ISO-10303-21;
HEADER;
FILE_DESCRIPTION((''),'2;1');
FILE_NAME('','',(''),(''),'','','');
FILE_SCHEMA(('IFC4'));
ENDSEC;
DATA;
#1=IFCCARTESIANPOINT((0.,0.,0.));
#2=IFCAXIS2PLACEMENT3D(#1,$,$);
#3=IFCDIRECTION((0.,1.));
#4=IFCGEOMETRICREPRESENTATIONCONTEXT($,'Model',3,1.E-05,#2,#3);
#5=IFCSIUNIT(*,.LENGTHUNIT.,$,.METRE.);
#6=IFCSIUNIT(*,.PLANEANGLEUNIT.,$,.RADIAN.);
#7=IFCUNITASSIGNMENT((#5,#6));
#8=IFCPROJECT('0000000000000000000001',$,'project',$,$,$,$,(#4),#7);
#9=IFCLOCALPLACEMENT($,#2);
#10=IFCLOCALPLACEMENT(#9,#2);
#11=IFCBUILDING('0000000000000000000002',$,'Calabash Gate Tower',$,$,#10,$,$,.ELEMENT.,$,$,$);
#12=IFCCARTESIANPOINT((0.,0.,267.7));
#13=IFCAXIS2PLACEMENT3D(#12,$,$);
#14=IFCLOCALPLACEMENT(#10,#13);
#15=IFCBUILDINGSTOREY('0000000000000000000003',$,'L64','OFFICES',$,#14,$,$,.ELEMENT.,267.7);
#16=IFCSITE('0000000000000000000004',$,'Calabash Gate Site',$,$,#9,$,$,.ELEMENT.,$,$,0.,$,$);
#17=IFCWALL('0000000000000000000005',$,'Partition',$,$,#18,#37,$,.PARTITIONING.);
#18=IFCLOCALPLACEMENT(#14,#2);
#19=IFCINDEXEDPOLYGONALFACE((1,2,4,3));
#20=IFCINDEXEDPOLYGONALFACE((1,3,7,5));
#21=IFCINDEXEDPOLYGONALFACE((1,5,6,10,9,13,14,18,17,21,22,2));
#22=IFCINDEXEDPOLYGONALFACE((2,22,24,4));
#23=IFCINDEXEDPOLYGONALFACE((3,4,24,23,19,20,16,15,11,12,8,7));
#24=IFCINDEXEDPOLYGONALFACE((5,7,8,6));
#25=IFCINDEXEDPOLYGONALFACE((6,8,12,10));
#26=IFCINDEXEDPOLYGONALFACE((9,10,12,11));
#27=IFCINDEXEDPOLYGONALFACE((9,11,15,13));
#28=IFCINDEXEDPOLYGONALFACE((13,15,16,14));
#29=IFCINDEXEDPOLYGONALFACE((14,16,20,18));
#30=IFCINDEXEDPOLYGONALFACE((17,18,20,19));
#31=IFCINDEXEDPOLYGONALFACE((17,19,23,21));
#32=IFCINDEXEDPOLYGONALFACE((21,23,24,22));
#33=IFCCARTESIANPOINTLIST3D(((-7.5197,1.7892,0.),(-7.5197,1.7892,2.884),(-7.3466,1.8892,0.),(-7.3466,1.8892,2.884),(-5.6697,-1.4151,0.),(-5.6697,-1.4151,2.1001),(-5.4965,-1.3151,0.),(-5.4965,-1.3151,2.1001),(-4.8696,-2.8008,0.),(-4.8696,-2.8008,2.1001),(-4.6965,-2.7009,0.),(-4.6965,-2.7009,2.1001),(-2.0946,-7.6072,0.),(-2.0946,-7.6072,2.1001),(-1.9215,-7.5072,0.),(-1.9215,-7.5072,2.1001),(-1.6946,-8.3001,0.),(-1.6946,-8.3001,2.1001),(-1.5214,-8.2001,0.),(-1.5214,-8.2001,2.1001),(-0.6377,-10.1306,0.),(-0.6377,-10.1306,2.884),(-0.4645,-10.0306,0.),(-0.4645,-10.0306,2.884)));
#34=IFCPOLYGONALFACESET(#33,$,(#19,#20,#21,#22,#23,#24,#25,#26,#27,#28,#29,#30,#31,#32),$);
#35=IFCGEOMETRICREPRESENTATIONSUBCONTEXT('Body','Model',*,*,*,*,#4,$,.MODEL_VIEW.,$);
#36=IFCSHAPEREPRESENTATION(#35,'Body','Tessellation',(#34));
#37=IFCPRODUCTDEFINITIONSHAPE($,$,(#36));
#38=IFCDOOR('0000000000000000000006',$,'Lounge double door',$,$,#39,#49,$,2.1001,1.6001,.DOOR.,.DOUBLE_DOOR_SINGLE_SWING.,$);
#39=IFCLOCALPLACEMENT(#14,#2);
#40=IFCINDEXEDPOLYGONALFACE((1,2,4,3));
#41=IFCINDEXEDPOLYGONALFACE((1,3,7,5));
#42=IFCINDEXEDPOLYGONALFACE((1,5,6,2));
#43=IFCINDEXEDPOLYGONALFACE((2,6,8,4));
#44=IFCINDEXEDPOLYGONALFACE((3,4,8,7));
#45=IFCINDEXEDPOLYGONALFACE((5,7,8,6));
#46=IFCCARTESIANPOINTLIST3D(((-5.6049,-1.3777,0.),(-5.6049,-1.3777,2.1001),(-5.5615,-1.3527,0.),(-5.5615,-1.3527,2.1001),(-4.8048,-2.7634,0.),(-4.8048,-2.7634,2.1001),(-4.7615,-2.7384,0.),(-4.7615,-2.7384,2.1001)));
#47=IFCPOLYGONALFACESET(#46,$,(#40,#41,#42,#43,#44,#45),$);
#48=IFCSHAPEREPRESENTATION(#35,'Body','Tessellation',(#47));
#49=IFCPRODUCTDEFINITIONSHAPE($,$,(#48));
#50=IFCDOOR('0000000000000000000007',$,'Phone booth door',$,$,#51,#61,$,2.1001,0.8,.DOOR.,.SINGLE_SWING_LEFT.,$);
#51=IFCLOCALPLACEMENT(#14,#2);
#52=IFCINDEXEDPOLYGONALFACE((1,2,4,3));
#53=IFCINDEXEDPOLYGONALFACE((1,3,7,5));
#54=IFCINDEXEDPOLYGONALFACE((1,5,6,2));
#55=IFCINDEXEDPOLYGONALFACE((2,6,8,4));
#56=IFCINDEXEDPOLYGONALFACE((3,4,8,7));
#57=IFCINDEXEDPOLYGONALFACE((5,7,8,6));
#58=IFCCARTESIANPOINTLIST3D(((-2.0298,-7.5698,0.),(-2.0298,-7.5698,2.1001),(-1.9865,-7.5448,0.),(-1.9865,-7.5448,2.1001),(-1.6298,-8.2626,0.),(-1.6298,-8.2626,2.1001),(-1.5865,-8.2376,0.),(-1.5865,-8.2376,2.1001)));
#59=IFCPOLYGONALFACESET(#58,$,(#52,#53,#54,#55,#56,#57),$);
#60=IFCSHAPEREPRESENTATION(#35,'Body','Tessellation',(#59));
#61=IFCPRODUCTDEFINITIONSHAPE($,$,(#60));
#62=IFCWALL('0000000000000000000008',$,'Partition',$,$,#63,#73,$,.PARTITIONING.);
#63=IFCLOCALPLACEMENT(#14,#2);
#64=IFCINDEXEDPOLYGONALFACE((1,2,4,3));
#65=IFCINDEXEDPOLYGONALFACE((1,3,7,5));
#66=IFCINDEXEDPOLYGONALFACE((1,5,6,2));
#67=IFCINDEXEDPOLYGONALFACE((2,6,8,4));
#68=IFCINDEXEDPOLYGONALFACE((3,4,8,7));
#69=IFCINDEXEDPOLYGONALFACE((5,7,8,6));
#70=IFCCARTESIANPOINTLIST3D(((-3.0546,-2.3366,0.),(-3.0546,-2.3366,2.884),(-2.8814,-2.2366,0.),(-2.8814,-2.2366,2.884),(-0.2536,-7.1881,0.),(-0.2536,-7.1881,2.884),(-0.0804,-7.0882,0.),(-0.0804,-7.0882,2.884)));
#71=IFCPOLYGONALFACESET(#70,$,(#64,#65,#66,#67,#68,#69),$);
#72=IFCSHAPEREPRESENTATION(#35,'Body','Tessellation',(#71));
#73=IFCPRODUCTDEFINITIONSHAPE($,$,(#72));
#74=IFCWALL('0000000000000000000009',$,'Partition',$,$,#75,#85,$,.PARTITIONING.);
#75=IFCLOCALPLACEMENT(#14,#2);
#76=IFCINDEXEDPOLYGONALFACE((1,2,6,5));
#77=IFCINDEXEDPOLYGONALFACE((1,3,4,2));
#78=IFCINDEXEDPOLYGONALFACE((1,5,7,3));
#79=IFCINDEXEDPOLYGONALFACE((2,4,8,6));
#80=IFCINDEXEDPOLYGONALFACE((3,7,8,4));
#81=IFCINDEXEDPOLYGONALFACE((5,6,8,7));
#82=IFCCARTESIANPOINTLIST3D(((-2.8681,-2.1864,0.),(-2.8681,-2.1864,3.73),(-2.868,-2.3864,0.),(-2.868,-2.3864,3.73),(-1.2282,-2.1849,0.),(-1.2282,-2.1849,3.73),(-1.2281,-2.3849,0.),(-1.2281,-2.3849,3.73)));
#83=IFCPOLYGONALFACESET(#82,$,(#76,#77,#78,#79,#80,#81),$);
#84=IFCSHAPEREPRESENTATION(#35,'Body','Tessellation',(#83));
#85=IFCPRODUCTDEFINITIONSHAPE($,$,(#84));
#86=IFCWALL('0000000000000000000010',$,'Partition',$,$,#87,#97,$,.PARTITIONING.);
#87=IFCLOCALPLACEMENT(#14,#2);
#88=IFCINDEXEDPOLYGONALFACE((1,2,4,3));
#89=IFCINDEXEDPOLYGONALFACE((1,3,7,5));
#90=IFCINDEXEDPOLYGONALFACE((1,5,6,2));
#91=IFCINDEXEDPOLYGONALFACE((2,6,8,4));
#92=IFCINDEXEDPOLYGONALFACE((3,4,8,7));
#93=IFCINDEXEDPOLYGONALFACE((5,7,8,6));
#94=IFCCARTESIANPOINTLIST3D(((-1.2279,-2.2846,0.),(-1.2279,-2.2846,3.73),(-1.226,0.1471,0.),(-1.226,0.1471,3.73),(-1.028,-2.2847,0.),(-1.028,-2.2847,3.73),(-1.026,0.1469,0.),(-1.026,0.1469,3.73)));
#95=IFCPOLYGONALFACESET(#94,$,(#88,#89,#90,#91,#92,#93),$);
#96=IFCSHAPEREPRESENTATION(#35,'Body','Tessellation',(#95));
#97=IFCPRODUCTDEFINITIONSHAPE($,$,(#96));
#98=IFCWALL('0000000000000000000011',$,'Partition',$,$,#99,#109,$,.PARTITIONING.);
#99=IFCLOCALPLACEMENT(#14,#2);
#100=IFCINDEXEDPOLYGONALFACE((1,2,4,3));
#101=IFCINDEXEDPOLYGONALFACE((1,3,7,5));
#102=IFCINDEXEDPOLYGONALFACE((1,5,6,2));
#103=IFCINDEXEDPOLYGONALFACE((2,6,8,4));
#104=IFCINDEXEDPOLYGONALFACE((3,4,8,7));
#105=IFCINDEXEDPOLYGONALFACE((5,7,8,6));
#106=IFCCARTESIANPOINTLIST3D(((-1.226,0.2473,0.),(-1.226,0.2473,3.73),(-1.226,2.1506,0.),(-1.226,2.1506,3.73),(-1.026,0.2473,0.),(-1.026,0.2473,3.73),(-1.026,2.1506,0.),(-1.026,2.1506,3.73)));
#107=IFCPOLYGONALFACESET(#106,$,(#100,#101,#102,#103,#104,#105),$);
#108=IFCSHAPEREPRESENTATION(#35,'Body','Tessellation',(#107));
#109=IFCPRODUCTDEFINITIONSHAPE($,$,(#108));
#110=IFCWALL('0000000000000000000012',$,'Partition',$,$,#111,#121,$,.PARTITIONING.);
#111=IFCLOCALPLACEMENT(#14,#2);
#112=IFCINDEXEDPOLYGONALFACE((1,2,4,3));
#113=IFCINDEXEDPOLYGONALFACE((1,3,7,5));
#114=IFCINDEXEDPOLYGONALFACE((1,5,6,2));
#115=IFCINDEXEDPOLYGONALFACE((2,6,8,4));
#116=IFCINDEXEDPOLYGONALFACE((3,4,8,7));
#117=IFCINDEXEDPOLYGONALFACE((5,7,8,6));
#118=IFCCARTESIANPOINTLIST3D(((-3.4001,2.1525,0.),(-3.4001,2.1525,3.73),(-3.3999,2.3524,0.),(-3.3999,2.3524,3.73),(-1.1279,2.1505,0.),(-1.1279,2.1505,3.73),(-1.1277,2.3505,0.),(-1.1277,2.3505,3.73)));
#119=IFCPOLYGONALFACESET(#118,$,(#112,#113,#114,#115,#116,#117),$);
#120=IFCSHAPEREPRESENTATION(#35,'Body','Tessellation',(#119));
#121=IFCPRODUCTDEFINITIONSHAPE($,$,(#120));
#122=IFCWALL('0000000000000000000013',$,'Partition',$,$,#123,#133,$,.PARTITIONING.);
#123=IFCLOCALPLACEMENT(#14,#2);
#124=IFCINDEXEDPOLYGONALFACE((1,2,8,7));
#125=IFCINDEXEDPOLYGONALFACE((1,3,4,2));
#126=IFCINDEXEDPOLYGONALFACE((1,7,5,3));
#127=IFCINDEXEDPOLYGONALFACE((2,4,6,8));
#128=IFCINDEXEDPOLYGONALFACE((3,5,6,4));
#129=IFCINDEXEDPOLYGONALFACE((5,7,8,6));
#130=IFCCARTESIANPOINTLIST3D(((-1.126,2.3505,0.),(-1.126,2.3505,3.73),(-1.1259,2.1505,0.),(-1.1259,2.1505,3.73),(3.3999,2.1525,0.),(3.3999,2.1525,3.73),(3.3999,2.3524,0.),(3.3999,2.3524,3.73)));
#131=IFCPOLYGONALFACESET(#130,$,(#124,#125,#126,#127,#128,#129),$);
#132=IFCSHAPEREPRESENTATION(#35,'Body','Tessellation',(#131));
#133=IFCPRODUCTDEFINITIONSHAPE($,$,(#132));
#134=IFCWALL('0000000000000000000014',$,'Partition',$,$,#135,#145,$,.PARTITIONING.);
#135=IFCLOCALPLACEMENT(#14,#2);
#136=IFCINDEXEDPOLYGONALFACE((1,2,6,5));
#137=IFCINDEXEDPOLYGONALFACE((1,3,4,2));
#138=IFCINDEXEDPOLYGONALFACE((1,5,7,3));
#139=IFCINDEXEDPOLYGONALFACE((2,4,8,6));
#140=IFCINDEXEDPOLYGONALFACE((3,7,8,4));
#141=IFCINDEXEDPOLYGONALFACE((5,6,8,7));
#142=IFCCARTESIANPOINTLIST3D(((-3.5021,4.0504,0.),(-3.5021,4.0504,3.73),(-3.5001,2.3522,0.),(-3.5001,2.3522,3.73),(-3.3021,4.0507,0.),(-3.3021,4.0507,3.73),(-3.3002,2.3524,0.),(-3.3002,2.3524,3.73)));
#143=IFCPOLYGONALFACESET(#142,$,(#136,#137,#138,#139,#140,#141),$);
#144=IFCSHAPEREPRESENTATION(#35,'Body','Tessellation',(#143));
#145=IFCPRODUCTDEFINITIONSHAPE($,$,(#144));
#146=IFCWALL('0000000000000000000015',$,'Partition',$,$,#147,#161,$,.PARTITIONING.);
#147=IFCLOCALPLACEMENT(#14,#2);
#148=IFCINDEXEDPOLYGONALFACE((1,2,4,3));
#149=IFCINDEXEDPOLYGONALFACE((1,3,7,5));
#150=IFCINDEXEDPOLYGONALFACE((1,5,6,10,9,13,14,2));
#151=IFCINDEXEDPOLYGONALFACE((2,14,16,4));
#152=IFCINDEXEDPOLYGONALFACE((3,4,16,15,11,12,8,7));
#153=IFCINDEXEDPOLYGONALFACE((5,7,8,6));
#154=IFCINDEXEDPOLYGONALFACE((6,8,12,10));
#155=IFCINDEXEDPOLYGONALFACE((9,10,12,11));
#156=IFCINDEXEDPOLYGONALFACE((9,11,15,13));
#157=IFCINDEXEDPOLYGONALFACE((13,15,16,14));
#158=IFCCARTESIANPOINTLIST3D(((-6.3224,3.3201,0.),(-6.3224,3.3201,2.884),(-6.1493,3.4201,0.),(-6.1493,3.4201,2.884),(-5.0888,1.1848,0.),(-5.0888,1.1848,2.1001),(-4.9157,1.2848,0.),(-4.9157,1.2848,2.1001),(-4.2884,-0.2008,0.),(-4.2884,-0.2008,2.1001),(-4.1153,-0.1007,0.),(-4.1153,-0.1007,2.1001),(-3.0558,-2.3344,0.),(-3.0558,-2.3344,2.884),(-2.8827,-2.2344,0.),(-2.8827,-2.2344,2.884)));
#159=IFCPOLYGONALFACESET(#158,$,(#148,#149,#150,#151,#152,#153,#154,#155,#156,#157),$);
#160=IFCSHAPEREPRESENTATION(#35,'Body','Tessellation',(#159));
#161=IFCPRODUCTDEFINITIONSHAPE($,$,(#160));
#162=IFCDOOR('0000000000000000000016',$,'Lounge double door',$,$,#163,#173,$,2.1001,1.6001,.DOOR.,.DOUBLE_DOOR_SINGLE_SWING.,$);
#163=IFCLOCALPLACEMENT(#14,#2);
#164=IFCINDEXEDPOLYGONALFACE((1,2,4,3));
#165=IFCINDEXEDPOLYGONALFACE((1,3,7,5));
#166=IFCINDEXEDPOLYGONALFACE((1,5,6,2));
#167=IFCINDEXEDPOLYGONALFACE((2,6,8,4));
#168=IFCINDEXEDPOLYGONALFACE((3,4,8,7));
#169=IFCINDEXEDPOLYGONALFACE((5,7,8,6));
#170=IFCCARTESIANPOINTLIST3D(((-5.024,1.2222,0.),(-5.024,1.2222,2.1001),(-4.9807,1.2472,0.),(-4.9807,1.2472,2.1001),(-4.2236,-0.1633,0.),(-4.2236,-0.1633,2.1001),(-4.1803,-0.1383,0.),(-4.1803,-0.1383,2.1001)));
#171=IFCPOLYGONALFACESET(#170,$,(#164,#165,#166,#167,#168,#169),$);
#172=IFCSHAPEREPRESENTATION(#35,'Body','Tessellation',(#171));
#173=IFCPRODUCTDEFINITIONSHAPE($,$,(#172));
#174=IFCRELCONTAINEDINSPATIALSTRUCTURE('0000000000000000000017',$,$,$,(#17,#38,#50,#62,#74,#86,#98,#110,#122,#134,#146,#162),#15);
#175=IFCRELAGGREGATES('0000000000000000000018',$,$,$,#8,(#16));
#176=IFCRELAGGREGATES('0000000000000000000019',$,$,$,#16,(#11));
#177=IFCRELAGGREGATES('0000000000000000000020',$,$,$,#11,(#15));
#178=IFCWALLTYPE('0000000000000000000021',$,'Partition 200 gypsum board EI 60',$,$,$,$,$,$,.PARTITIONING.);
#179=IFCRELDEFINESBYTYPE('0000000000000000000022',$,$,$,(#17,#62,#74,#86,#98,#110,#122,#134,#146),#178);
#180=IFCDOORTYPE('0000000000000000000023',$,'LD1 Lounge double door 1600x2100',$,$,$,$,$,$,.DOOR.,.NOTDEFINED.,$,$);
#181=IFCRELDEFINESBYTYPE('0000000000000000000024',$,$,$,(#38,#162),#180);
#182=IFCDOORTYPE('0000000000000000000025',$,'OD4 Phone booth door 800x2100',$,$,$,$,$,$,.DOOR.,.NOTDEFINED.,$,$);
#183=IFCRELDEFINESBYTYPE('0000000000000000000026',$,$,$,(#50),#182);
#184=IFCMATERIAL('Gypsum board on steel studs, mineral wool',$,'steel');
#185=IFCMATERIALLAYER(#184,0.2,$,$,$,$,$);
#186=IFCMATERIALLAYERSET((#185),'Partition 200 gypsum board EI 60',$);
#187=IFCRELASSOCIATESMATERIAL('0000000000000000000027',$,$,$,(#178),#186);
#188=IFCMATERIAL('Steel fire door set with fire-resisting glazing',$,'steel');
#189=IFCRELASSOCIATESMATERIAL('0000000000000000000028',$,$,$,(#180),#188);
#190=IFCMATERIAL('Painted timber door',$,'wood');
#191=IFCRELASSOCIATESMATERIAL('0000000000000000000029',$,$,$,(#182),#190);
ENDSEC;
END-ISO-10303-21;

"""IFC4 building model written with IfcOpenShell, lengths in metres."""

from ifc_helpers import new_model, si_unit, direction, frame, frame_2d, origin, place, context, subcontext, project, spatial, rectangle, extrude, material, layer, layer_set, type_object, element, fill, save


model = new_model("IFC4")

# Units and contexts
model_context = context("Model", 3, precision=1e-05, world=origin(), true_north=direction((0.0, 1.0)))
body_context = subcontext(model_context, "Body", "Model", "MODEL_VIEW")
ifc_project = project(units=[si_unit("LENGTHUNIT", "METRE"), si_unit("PLANEANGLEUNIT", "RADIAN")], contexts=[model_context])

# Site, building, storey
site_placement = place(None, origin())
site = spatial("IfcSite", under=ifc_project, at=site_placement, Name="Calabash Gate Site", CompositionType="ELEMENT", RefElevation=0.0)
building_placement = place(site_placement, origin())
building = spatial("IfcBuilding", under=site, at=building_placement, Name="Calabash Gate Tower", CompositionType="ELEMENT")
storey_placement = place(building_placement, frame((0.0, 0.0, 267.7)))
storey = spatial("IfcBuildingStorey", under=building, at=storey_placement, Name="L64", Description="OFFICES", CompositionType="ELEMENT", Elevation=267.7)

# Wall, openings, doors
ifc_material_1 = material(Name="Gypsum board on steel studs, mineral wool", Category="steel")
ifc_layer_1 = layer(ifc_material_1, 0.2)
ifc_layer_set_1 = layer_set([ifc_layer_1], Name="Partition 200 gypsum board EI 60")
wall_type_1 = type_object("IfcWallType", Name="Partition 200 gypsum board EI 60", PredefinedType="PARTITIONING", material=ifc_layer_set_1)
wall_1_placement = place(storey_placement, frame((-7.4331, 1.8391, 0.0), z_axis=(0.0, 0.0, 1.0), x_axis=(0.500006, -0.866022, 0.0)))
wall_1 = element("IfcWall", 1, at=wall_1_placement, inside=storey, type_object=wall_type_1, Name="Partition", PredefinedType="PARTITIONING", context=body_context, shape_type="SweptSolid", body=[
    extrude(rectangle(XDim=13.7639, YDim=0.2, at=frame_2d((6.8818, 0.0))), origin(), (0.0, 0.0, 1.0), 2.884),
])
opening_1_placement = place(wall_1_placement, frame((3.7, 0.0, 0.0)))
opening_1 = element("IfcOpeningElement", 2, at=opening_1_placement, cuts=wall_1, PredefinedType="OPENING", context=body_context, shape_type="SweptSolid", body=[
    extrude(rectangle(XDim=1.6001, YDim=2.1001, at=frame_2d((0.8, 1.05))), frame((0.0, 0.1099, 0.0), z_axis=(0.0, -1.0, 0.0), x_axis=(1.0, 0.0, 0.0)), (0.0, 0.0, 1.0), 0.22),
])
opening_2_placement = place(wall_1_placement, frame((10.8501, 0.0, 0.0)))
opening_2 = element("IfcOpeningElement", 3, at=opening_2_placement, cuts=wall_1, PredefinedType="OPENING", context=body_context, shape_type="SweptSolid", body=[
    extrude(rectangle(XDim=0.8, YDim=2.1001, at=frame_2d((0.3999, 1.05))), frame((0.0, 0.1099, 0.0), z_axis=(0.0, -1.0, 0.0), x_axis=(1.0, 0.0, 0.0)), (0.0, 0.0, 1.0), 0.22),
])
ifc_material_2 = material(Name="Steel fire door set with fire-resisting glazing", Category="steel")
door_type_1 = type_object("IfcDoorType", Name="LD1 Lounge double door 1600x2100", OperationType="NOTDEFINED", PredefinedType="DOOR", material=ifc_material_2)
door_1_placement = place(opening_1_placement, origin())
door_1 = element("IfcDoor", 4, at=door_1_placement, inside=storey, type_object=door_type_1, Name="Lounge double door", OperationType="DOUBLE_DOOR_SINGLE_SWING", OverallHeight=2.1001, OverallWidth=1.6001, PredefinedType="DOOR", context=body_context, shape_type="SweptSolid", body=[
    extrude(rectangle(XDim=1.6001, YDim=2.1001, at=frame_2d((0.8, 1.05))), frame((0.0, 0.0249, 0.0), z_axis=(0.0, -1.0, 0.0), x_axis=(1.0, 0.0, 0.0)), (0.0, 0.0, 1.0), 0.05),
])
fill(opening_1, door_1)
ifc_material_3 = material(Name="Painted timber door", Category="wood")
door_type_2 = type_object("IfcDoorType", Name="OD4 Phone booth door 800x2100", OperationType="NOTDEFINED", PredefinedType="DOOR", material=ifc_material_3)
door_2_placement = place(opening_2_placement, origin())
door_2 = element("IfcDoor", 5, at=door_2_placement, inside=storey, type_object=door_type_2, Name="Phone booth door", OperationType="SINGLE_SWING_LEFT", OverallHeight=2.1001, OverallWidth=0.8, PredefinedType="DOOR", context=body_context, shape_type="SweptSolid", body=[
    extrude(rectangle(XDim=0.8, YDim=2.1001, at=frame_2d((0.3999, 1.05))), frame((0.0, 0.0249, 0.0), z_axis=(0.0, -1.0, 0.0), x_axis=(1.0, 0.0, 0.0)), (0.0, 0.0, 1.0), 0.05),
])
fill(opening_2, door_2)

# Walls
wall_2_placement = place(storey_placement, frame((-2.968, -2.2866, 0.0), z_axis=(0.0, 0.0, 1.0), x_axis=(0.499997, -0.866027, 0.0)))
element("IfcWall", 6, at=wall_2_placement, inside=storey, type_object=wall_type_1, Name="Partition", PredefinedType="PARTITIONING", context=body_context, shape_type="SweptSolid", body=[
    extrude(rectangle(XDim=5.6021, YDim=0.2, at=frame_2d((2.801, 0.0))), origin(), (0.0, 0.0, 1.0), 2.884),
])
wall_3_placement = place(storey_placement, frame((-2.8679, -2.2864, 0.0), z_axis=(0.0, 0.0, 1.0), x_axis=(1.0, 0.000893, 0.0)))
element("IfcWall", 7, at=wall_3_placement, inside=storey, type_object=wall_type_1, Name="Partition", PredefinedType="PARTITIONING", context=body_context, shape_type="SweptSolid", body=[
    extrude(rectangle(XDim=1.6399, YDim=0.2, at=frame_2d((0.8198, 0.0))), origin(), (0.0, 0.0, 1.0), 3.73),
])
wall_4_placement = place(storey_placement, frame((-1.1279, -2.2847, 0.0), z_axis=(0.0, 0.0, 1.0), x_axis=(0.000803, 1.0, 0.0)))
element("IfcWall", 8, at=wall_4_placement, inside=storey, type_object=wall_type_1, Name="Partition", PredefinedType="PARTITIONING", context=body_context, shape_type="SweptSolid", body=[
    extrude(rectangle(XDim=2.4316, YDim=0.2, at=frame_2d((1.2158, 0.0))), origin(), (0.0, 0.0, 1.0), 3.73),
])
wall_5_placement = place(storey_placement, frame((-1.126, 0.2473, 0.0), z_axis=(0.0, 0.0, 1.0), x_axis=(0.0, 1.0, 0.0)))
element("IfcWall", 9, at=wall_5_placement, inside=storey, type_object=wall_type_1, Name="Partition", PredefinedType="PARTITIONING", context=body_context, shape_type="SweptSolid", body=[
    extrude(rectangle(XDim=1.9033, YDim=0.2, at=frame_2d((0.9517, 0.0))), origin(), (0.0, 0.0, 1.0), 3.73),
])
wall_6_placement = place(storey_placement, frame((-3.4001, 2.2524, 0.0), z_axis=(0.0, 0.0, 1.0), x_axis=(1.0, -0.00086, 0.0)))
element("IfcWall", 10, at=wall_6_placement, inside=storey, type_object=wall_type_1, Name="Partition", PredefinedType="PARTITIONING", context=body_context, shape_type="SweptSolid", body=[
    extrude(rectangle(XDim=2.2722, YDim=0.2, at=frame_2d((1.1362, 0.0))), origin(), (0.0, 0.0, 1.0), 3.73),
])
wall_7_placement = place(storey_placement, frame((-1.126, 2.2505, 0.0), z_axis=(0.0, 0.0, 1.0), x_axis=(1.0, 0.000432, 0.0)))
element("IfcWall", 11, at=wall_7_placement, inside=storey, type_object=wall_type_1, Name="Partition", PredefinedType="PARTITIONING", context=body_context, shape_type="SweptSolid", body=[
    extrude(rectangle(XDim=4.5259, YDim=0.2, at=frame_2d((2.2629, 0.0))), origin(), (0.0, 0.0, 1.0), 3.73),
])
wall_8_placement = place(storey_placement, frame((-3.4021, 4.0505, 0.0), z_axis=(0.0, 0.0, 1.0), x_axis=(0.00115, -0.999999, 0.0)))
element("IfcWall", 12, at=wall_8_placement, inside=storey, type_object=wall_type_1, Name="Partition", PredefinedType="PARTITIONING", context=body_context, shape_type="SweptSolid", body=[
    extrude(rectangle(XDim=1.6982, YDim=0.2, at=frame_2d((0.8491, 0.0))), origin(), (0.0, 0.0, 1.0), 3.73),
])

# Wall, opening, door
wall_9_placement = place(storey_placement, frame((-6.2358, 3.3701, 0.0), z_axis=(0.0, 0.0, 1.0), x_axis=(0.500224, -0.865896, 0.0)))
wall_9 = element("IfcWall", 13, at=wall_9_placement, inside=storey, type_object=wall_type_1, Name="Partition", PredefinedType="PARTITIONING", context=body_context, shape_type="SweptSolid", body=[
    extrude(rectangle(XDim=6.5303, YDim=0.2, at=frame_2d((3.2651, 0.0))), origin(), (0.0, 0.0, 1.0), 2.884),
])
opening_3_placement = place(wall_9_placement, frame((2.4661, 0.0, 0.0)))
opening_3 = element("IfcOpeningElement", 14, at=opening_3_placement, cuts=wall_9, PredefinedType="OPENING", context=body_context, shape_type="SweptSolid", body=[
    extrude(rectangle(XDim=1.6001, YDim=2.1001, at=frame_2d((0.8, 1.05))), frame((0.0, 0.1099, 0.0), z_axis=(0.0, -1.0, 0.0), x_axis=(1.0, 0.0, 0.0)), (0.0, 0.0, 1.0), 0.22),
])
door_3_placement = place(opening_3_placement, origin())
door_3 = element("IfcDoor", 15, at=door_3_placement, inside=storey, type_object=door_type_1, Name="Lounge double door", OperationType="DOUBLE_DOOR_SINGLE_SWING", OverallHeight=2.1001, OverallWidth=1.6001, PredefinedType="DOOR", context=body_context, shape_type="SweptSolid", body=[
    extrude(rectangle(XDim=1.6001, YDim=2.1001, at=frame_2d((0.8, 1.05))), frame((0.0, 0.0249, 0.0), z_axis=(0.0, -1.0, 0.0), x_axis=(1.0, 0.0, 0.0)), (0.0, 0.0, 1.0), 0.05),
])
fill(opening_3, door_3)

save(model, "model.ifc")
